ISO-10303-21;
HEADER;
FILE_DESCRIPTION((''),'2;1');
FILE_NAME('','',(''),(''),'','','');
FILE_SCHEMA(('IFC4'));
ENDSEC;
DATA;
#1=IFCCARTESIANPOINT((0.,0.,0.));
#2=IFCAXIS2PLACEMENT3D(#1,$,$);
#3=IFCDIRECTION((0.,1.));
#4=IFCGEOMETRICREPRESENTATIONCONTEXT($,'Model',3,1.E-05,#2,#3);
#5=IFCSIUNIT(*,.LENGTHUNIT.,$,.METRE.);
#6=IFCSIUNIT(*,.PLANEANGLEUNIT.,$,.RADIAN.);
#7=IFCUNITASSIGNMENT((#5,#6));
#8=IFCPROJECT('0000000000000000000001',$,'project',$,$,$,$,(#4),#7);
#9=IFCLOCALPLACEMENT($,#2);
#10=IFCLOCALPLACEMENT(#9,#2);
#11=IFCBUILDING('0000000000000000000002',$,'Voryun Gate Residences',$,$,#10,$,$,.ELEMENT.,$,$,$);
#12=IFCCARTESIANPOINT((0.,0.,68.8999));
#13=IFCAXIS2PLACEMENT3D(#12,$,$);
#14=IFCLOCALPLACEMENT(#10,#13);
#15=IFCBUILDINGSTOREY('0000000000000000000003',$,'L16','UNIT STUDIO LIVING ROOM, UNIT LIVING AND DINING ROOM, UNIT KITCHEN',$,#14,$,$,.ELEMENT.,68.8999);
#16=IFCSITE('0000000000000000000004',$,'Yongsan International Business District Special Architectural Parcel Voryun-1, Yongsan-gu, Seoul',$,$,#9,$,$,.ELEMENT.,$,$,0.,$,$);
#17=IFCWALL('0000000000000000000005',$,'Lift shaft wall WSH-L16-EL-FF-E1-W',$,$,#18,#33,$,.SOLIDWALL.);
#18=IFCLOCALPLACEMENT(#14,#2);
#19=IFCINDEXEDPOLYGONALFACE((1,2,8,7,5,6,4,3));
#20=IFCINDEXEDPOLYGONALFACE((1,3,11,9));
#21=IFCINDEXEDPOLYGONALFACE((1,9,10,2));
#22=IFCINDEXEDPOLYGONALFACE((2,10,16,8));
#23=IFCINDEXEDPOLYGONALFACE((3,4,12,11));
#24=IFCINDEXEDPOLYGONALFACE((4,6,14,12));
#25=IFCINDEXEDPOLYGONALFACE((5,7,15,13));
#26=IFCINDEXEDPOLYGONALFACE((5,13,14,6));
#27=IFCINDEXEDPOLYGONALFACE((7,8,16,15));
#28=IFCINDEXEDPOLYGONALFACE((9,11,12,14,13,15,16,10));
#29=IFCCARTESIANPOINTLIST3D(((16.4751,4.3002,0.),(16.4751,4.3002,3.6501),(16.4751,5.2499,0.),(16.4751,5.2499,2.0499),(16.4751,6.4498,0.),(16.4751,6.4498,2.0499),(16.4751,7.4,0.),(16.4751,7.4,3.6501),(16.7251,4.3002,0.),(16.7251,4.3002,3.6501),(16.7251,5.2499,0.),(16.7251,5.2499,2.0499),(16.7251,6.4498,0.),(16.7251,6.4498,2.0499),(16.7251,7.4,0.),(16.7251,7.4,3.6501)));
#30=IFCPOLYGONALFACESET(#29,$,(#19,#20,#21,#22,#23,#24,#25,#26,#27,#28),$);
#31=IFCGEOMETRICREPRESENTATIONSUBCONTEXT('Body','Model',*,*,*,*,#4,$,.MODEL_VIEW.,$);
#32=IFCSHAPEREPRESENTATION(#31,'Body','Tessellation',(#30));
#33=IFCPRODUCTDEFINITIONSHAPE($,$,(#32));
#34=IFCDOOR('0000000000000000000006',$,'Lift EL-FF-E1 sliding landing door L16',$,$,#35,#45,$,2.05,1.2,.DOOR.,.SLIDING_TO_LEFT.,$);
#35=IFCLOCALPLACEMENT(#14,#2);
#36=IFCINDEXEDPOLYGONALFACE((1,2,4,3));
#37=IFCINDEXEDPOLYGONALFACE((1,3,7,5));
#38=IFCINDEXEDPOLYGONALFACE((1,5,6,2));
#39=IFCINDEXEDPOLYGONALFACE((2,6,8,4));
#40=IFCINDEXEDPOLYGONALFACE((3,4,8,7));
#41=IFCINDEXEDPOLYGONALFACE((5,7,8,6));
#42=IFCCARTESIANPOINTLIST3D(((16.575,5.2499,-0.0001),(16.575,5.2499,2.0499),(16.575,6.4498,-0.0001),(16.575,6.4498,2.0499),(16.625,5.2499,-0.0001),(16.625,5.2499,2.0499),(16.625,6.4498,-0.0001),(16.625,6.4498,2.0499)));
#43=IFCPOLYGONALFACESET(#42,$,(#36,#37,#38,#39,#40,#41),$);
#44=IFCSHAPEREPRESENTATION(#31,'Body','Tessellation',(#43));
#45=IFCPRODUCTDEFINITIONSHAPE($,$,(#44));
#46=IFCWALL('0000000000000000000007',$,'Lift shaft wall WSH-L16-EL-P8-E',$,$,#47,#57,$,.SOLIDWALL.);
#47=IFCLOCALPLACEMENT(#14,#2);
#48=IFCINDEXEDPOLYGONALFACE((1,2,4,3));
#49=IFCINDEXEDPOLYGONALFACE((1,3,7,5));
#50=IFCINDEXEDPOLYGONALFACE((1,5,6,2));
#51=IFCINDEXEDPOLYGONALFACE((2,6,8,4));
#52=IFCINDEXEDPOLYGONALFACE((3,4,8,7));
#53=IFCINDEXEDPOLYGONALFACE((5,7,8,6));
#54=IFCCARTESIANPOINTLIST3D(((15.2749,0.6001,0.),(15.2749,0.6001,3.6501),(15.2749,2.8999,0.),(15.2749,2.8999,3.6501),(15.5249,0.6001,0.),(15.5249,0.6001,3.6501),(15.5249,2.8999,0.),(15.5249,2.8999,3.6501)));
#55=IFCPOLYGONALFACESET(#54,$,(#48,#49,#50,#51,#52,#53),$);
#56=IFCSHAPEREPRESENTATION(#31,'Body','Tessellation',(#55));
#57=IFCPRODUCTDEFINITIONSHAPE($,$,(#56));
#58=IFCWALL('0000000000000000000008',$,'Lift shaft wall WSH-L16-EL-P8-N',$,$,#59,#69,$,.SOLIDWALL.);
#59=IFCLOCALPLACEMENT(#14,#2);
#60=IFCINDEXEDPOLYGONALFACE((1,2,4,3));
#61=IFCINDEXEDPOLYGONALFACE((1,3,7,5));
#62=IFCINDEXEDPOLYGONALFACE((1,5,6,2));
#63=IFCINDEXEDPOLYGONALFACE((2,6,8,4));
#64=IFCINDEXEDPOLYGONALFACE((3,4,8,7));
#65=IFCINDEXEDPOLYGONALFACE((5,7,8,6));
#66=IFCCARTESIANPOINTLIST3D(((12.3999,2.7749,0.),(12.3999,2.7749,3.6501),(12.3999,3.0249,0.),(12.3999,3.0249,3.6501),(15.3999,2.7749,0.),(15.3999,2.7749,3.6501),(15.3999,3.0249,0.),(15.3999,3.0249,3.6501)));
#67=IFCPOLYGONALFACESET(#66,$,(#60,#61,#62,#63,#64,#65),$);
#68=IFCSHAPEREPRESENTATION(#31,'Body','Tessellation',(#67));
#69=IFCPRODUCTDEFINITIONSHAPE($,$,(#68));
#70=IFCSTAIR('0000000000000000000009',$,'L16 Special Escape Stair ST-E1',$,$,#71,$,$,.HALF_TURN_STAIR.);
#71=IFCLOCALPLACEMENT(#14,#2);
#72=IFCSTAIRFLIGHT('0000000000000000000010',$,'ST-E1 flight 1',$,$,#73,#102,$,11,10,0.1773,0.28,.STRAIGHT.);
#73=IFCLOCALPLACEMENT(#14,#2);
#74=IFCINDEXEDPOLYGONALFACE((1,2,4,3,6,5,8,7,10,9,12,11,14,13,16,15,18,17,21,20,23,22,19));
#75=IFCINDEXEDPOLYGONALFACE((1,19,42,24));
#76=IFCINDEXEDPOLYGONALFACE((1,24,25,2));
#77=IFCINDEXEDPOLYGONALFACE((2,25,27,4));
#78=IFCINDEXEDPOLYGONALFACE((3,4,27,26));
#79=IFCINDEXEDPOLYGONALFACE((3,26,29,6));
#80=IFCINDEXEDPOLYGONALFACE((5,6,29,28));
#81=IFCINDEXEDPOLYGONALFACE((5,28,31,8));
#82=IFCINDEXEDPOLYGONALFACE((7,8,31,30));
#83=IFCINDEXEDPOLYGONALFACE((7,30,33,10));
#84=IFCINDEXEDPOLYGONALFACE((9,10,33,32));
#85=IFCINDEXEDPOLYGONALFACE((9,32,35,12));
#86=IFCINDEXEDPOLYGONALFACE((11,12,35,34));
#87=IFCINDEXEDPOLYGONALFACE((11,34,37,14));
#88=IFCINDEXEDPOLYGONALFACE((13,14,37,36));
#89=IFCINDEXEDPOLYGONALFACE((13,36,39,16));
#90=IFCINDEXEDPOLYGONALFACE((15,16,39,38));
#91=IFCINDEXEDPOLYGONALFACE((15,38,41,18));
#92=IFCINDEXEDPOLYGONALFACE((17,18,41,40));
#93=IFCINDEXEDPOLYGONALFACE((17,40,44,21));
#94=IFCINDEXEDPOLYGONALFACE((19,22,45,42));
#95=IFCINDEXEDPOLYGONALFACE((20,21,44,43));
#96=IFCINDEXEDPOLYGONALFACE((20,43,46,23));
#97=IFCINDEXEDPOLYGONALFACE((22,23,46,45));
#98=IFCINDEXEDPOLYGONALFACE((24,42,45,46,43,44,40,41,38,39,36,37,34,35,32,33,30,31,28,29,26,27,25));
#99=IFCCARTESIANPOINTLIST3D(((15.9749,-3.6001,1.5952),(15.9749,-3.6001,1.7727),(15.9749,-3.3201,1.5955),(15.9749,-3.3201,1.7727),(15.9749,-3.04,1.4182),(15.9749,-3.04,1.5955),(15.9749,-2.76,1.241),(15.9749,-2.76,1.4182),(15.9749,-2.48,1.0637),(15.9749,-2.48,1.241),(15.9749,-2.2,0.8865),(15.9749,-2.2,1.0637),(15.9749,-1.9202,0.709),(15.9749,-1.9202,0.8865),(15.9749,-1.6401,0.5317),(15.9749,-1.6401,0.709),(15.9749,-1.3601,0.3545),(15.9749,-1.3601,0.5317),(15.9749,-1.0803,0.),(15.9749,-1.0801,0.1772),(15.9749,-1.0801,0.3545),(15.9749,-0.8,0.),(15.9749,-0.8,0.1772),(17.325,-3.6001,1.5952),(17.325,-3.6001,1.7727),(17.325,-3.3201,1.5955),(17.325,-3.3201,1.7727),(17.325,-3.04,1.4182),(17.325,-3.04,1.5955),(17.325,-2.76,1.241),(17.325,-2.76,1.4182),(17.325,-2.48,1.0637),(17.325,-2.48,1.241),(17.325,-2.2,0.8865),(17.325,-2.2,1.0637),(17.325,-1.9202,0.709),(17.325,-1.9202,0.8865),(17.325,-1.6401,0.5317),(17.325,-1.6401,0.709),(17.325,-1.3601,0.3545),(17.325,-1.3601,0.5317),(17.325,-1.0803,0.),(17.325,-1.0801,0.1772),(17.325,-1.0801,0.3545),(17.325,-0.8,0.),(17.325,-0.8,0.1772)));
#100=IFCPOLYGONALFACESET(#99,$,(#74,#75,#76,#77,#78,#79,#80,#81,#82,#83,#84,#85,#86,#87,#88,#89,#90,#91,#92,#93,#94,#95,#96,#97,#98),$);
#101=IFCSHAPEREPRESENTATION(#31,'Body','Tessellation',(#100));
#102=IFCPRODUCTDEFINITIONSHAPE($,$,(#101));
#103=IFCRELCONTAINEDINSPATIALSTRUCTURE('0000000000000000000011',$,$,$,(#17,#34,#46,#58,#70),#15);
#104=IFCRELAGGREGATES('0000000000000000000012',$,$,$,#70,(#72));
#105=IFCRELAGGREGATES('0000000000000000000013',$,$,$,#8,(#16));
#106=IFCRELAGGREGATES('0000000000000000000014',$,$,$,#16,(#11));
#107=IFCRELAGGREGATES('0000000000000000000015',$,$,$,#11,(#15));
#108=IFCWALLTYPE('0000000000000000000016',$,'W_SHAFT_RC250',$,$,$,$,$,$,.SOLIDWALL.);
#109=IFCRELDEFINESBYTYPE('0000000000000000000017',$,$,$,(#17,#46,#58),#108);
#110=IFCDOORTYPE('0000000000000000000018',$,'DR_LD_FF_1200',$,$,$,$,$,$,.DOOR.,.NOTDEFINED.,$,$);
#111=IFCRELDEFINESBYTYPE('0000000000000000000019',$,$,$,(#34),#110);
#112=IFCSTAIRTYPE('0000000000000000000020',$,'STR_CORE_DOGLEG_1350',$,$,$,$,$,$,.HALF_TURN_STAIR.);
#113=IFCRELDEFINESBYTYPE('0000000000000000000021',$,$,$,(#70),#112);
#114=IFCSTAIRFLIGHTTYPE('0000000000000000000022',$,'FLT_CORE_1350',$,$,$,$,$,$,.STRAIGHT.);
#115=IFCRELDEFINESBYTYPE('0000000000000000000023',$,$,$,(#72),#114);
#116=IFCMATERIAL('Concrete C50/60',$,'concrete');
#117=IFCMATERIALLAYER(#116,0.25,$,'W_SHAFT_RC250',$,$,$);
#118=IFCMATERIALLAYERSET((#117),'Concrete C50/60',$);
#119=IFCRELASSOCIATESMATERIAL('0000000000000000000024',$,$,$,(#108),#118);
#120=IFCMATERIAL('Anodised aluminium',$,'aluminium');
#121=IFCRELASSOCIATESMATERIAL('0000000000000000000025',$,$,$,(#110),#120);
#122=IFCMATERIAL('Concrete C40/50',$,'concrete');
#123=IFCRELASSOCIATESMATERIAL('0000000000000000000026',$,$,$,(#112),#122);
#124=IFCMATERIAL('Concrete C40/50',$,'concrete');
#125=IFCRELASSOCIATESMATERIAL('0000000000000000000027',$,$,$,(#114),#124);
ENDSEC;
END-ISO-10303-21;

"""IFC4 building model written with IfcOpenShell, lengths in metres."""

from ifc_helpers import new_model, si_unit, direction, frame, frame_2d, origin, place, context, subcontext, project, spatial, polyline, rectangle, outline, extrude, material, layer, layer_set, type_object, element, fill, aggregate, save


model = new_model("IFC4")

# Units and contexts
model_context = context("Model", 3, precision=1e-05, world=origin(), true_north=direction((0.0, 1.0)))
body_context = subcontext(model_context, "Body", "Model", "MODEL_VIEW")
ifc_project = project(units=[si_unit("LENGTHUNIT", "METRE"), si_unit("PLANEANGLEUNIT", "RADIAN")], contexts=[model_context])

# Site, building, storey
site_placement = place(None, origin())
site = spatial("IfcSite", under=ifc_project, at=site_placement, Name="Yongsan International Business District Special Architectural Parcel Voryun-1, Yongsan-gu, Seoul", CompositionType="ELEMENT", RefElevation=0.0)
building_placement = place(site_placement, origin())
building = spatial("IfcBuilding", under=site, at=building_placement, Name="Voryun Gate Residences", CompositionType="ELEMENT")
storey_placement = place(building_placement, frame((0.0, 0.0, 68.8999)))
storey = spatial("IfcBuildingStorey", under=building, at=storey_placement, Name="L16", Description="UNIT STUDIO LIVING ROOM, UNIT LIVING AND DINING ROOM, UNIT KITCHEN", CompositionType="ELEMENT", Elevation=68.8999)

# Shared definitions
ifc_material_1 = material(Name="Concrete C50/60", Category="concrete")
ifc_layer_1 = layer(ifc_material_1, 0.25, Name="W_SHAFT_RC250")
ifc_layer_set_1 = layer_set([ifc_layer_1], Name="Concrete C50/60")
wall_type_1 = type_object("IfcWallType", Name="W_SHAFT_RC250", PredefinedType="SOLIDWALL", material=ifc_layer_set_1)

# Wall, opening, door
wall_1_placement = place(storey_placement, frame((16.6001, 7.3999, 0.0), z_axis=(0.0, 0.0, 1.0), x_axis=(0.0, -1.0, 0.0)))
wall_1 = element("IfcWall", 1, at=wall_1_placement, inside=storey, type_object=wall_type_1, Name="Lift shaft wall WSH-L16-EL-FF-E1-W", PredefinedType="SOLIDWALL", context=body_context, shape_type="SweptSolid", body=[
    extrude(rectangle(XDim=3.0999, YDim=0.25, at=frame_2d((1.5498, 0.0))), origin(), (0.0, 0.0, 1.0), 3.6501),
])
opening_1_placement = place(wall_1_placement, frame((0.95, 0.0, 0.0)))
opening_1 = element("IfcOpeningElement", 2, at=opening_1_placement, cuts=wall_1, PredefinedType="OPENING", context=body_context, shape_type="SweptSolid", body=[
    extrude(rectangle(XDim=1.2, YDim=2.05, at=frame_2d((0.6001, 1.0249))), frame((0.0, 0.135, 0.0), z_axis=(0.0, -1.0, 0.0), x_axis=(1.0, 0.0, 0.0)), (0.0, 0.0, 1.0), 0.27),
])
ifc_material_2 = material(Name="Anodised aluminium", Category="aluminium")
door_type_1 = type_object("IfcDoorType", Name="DR_LD_FF_1200", OperationType="NOTDEFINED", PredefinedType="DOOR", material=ifc_material_2)
door_1_placement = place(opening_1_placement, origin())
door_1 = element("IfcDoor", 3, at=door_1_placement, inside=storey, type_object=door_type_1, Name="Lift EL-FF-E1 sliding landing door L16", OperationType="SLIDING_TO_LEFT", OverallHeight=2.05, OverallWidth=1.2, PredefinedType="DOOR", context=body_context, shape_type="SweptSolid", body=[
    extrude(rectangle(XDim=1.2, YDim=2.05, at=frame_2d((0.6001, 1.0249))), frame((0.0, 0.0249, 0.0), z_axis=(0.0, -1.0, 0.0), x_axis=(1.0, 0.0, 0.0)), (0.0, 0.0, 1.0), 0.05),
])
fill(opening_1, door_1)

# Walls
wall_2_placement = place(storey_placement, frame((15.3999, 0.6001, 0.0), z_axis=(0.0, 0.0, 1.0), x_axis=(0.0, 1.0, 0.0)))
element("IfcWall", 4, at=wall_2_placement, inside=storey, type_object=wall_type_1, Name="Lift shaft wall WSH-L16-EL-P8-E", PredefinedType="SOLIDWALL", context=body_context, shape_type="SweptSolid", body=[
    extrude(rectangle(XDim=2.2998, YDim=0.25, at=frame_2d((1.1499, 0.0))), origin(), (0.0, 0.0, 1.0), 3.6501),
])
wall_3_placement = place(storey_placement, frame((15.3999, 2.8999, 0.0), z_axis=(0.0, 0.0, 1.0), x_axis=(-1.0, 0.0, 0.0)))
element("IfcWall", 5, at=wall_3_placement, inside=storey, type_object=wall_type_1, Name="Lift shaft wall WSH-L16-EL-P8-N", PredefinedType="SOLIDWALL", context=body_context, shape_type="SweptSolid", body=[
    extrude(rectangle(XDim=3.0, YDim=0.25, at=frame_2d((1.5, 0.0))), origin(), (0.0, 0.0, 1.0), 3.6501),
])

# Stair, stair flight
ifc_material_3 = material(Name="Concrete C40/50", Category="concrete")
stair_type = type_object("IfcStairType", Name="STR_CORE_DOGLEG_1350", PredefinedType="HALF_TURN_STAIR", material=ifc_material_3)
stair_placement = place(storey_placement, origin())
stair = element("IfcStair", 6, at=stair_placement, inside=storey, type_object=stair_type, Name="L16 Special Escape Stair ST-E1", PredefinedType="HALF_TURN_STAIR")
ifc_material_4 = material(Name="Concrete C40/50", Category="concrete")
stair_flight_type = type_object("IfcStairFlightType", Name="FLT_CORE_1350", PredefinedType="STRAIGHT", material=ifc_material_4)
stair_flight_placement = place(storey_placement, frame((16.6499, -0.8, 0.0), z_axis=(0.0, 0.0, 1.0), x_axis=(0.0, -1.0, 0.0)))
stair_flight = element("IfcStairFlight", 7, at=stair_flight_placement, type_object=stair_flight_type, Name="ST-E1 flight 1", NumberOfRisers=11, NumberOfTreads=10, PredefinedType="STRAIGHT", RiserHeight=0.1773, TreadLength=0.28, context=body_context, shape_type="SweptSolid", body=[
    extrude(outline(polyline([(0.0, 0.0), (0.0, 0.1772), (0.28, 0.1772), (0.28, 0.3545), (0.5601, 0.3545), (0.5601, 0.5317), (0.8401, 0.5317), (0.8401, 0.709), (1.1201, 0.709), (1.1201, 0.8865), (1.3999, 0.8865), (1.3999, 1.0637), (1.6799, 1.0637), (1.6799, 1.241), (1.96, 1.241), (1.96, 1.4182), (2.24, 1.4182), (2.24, 1.5955), (2.52, 1.5955), (2.52, 1.7727), (2.8, 1.7727), (2.8, 1.95), (2.8, 1.5952), (0.2803, 0.0), (0.0, 0.0)])), frame((0.0, 0.675, 0.0), z_axis=(0.0, -1.0, 0.0), x_axis=(1.0, 0.0, 0.0)), (0.0, 0.0, 1.0), 1.3501),
])
aggregate(stair, [stair_flight])

save(model, "model.ifc")
